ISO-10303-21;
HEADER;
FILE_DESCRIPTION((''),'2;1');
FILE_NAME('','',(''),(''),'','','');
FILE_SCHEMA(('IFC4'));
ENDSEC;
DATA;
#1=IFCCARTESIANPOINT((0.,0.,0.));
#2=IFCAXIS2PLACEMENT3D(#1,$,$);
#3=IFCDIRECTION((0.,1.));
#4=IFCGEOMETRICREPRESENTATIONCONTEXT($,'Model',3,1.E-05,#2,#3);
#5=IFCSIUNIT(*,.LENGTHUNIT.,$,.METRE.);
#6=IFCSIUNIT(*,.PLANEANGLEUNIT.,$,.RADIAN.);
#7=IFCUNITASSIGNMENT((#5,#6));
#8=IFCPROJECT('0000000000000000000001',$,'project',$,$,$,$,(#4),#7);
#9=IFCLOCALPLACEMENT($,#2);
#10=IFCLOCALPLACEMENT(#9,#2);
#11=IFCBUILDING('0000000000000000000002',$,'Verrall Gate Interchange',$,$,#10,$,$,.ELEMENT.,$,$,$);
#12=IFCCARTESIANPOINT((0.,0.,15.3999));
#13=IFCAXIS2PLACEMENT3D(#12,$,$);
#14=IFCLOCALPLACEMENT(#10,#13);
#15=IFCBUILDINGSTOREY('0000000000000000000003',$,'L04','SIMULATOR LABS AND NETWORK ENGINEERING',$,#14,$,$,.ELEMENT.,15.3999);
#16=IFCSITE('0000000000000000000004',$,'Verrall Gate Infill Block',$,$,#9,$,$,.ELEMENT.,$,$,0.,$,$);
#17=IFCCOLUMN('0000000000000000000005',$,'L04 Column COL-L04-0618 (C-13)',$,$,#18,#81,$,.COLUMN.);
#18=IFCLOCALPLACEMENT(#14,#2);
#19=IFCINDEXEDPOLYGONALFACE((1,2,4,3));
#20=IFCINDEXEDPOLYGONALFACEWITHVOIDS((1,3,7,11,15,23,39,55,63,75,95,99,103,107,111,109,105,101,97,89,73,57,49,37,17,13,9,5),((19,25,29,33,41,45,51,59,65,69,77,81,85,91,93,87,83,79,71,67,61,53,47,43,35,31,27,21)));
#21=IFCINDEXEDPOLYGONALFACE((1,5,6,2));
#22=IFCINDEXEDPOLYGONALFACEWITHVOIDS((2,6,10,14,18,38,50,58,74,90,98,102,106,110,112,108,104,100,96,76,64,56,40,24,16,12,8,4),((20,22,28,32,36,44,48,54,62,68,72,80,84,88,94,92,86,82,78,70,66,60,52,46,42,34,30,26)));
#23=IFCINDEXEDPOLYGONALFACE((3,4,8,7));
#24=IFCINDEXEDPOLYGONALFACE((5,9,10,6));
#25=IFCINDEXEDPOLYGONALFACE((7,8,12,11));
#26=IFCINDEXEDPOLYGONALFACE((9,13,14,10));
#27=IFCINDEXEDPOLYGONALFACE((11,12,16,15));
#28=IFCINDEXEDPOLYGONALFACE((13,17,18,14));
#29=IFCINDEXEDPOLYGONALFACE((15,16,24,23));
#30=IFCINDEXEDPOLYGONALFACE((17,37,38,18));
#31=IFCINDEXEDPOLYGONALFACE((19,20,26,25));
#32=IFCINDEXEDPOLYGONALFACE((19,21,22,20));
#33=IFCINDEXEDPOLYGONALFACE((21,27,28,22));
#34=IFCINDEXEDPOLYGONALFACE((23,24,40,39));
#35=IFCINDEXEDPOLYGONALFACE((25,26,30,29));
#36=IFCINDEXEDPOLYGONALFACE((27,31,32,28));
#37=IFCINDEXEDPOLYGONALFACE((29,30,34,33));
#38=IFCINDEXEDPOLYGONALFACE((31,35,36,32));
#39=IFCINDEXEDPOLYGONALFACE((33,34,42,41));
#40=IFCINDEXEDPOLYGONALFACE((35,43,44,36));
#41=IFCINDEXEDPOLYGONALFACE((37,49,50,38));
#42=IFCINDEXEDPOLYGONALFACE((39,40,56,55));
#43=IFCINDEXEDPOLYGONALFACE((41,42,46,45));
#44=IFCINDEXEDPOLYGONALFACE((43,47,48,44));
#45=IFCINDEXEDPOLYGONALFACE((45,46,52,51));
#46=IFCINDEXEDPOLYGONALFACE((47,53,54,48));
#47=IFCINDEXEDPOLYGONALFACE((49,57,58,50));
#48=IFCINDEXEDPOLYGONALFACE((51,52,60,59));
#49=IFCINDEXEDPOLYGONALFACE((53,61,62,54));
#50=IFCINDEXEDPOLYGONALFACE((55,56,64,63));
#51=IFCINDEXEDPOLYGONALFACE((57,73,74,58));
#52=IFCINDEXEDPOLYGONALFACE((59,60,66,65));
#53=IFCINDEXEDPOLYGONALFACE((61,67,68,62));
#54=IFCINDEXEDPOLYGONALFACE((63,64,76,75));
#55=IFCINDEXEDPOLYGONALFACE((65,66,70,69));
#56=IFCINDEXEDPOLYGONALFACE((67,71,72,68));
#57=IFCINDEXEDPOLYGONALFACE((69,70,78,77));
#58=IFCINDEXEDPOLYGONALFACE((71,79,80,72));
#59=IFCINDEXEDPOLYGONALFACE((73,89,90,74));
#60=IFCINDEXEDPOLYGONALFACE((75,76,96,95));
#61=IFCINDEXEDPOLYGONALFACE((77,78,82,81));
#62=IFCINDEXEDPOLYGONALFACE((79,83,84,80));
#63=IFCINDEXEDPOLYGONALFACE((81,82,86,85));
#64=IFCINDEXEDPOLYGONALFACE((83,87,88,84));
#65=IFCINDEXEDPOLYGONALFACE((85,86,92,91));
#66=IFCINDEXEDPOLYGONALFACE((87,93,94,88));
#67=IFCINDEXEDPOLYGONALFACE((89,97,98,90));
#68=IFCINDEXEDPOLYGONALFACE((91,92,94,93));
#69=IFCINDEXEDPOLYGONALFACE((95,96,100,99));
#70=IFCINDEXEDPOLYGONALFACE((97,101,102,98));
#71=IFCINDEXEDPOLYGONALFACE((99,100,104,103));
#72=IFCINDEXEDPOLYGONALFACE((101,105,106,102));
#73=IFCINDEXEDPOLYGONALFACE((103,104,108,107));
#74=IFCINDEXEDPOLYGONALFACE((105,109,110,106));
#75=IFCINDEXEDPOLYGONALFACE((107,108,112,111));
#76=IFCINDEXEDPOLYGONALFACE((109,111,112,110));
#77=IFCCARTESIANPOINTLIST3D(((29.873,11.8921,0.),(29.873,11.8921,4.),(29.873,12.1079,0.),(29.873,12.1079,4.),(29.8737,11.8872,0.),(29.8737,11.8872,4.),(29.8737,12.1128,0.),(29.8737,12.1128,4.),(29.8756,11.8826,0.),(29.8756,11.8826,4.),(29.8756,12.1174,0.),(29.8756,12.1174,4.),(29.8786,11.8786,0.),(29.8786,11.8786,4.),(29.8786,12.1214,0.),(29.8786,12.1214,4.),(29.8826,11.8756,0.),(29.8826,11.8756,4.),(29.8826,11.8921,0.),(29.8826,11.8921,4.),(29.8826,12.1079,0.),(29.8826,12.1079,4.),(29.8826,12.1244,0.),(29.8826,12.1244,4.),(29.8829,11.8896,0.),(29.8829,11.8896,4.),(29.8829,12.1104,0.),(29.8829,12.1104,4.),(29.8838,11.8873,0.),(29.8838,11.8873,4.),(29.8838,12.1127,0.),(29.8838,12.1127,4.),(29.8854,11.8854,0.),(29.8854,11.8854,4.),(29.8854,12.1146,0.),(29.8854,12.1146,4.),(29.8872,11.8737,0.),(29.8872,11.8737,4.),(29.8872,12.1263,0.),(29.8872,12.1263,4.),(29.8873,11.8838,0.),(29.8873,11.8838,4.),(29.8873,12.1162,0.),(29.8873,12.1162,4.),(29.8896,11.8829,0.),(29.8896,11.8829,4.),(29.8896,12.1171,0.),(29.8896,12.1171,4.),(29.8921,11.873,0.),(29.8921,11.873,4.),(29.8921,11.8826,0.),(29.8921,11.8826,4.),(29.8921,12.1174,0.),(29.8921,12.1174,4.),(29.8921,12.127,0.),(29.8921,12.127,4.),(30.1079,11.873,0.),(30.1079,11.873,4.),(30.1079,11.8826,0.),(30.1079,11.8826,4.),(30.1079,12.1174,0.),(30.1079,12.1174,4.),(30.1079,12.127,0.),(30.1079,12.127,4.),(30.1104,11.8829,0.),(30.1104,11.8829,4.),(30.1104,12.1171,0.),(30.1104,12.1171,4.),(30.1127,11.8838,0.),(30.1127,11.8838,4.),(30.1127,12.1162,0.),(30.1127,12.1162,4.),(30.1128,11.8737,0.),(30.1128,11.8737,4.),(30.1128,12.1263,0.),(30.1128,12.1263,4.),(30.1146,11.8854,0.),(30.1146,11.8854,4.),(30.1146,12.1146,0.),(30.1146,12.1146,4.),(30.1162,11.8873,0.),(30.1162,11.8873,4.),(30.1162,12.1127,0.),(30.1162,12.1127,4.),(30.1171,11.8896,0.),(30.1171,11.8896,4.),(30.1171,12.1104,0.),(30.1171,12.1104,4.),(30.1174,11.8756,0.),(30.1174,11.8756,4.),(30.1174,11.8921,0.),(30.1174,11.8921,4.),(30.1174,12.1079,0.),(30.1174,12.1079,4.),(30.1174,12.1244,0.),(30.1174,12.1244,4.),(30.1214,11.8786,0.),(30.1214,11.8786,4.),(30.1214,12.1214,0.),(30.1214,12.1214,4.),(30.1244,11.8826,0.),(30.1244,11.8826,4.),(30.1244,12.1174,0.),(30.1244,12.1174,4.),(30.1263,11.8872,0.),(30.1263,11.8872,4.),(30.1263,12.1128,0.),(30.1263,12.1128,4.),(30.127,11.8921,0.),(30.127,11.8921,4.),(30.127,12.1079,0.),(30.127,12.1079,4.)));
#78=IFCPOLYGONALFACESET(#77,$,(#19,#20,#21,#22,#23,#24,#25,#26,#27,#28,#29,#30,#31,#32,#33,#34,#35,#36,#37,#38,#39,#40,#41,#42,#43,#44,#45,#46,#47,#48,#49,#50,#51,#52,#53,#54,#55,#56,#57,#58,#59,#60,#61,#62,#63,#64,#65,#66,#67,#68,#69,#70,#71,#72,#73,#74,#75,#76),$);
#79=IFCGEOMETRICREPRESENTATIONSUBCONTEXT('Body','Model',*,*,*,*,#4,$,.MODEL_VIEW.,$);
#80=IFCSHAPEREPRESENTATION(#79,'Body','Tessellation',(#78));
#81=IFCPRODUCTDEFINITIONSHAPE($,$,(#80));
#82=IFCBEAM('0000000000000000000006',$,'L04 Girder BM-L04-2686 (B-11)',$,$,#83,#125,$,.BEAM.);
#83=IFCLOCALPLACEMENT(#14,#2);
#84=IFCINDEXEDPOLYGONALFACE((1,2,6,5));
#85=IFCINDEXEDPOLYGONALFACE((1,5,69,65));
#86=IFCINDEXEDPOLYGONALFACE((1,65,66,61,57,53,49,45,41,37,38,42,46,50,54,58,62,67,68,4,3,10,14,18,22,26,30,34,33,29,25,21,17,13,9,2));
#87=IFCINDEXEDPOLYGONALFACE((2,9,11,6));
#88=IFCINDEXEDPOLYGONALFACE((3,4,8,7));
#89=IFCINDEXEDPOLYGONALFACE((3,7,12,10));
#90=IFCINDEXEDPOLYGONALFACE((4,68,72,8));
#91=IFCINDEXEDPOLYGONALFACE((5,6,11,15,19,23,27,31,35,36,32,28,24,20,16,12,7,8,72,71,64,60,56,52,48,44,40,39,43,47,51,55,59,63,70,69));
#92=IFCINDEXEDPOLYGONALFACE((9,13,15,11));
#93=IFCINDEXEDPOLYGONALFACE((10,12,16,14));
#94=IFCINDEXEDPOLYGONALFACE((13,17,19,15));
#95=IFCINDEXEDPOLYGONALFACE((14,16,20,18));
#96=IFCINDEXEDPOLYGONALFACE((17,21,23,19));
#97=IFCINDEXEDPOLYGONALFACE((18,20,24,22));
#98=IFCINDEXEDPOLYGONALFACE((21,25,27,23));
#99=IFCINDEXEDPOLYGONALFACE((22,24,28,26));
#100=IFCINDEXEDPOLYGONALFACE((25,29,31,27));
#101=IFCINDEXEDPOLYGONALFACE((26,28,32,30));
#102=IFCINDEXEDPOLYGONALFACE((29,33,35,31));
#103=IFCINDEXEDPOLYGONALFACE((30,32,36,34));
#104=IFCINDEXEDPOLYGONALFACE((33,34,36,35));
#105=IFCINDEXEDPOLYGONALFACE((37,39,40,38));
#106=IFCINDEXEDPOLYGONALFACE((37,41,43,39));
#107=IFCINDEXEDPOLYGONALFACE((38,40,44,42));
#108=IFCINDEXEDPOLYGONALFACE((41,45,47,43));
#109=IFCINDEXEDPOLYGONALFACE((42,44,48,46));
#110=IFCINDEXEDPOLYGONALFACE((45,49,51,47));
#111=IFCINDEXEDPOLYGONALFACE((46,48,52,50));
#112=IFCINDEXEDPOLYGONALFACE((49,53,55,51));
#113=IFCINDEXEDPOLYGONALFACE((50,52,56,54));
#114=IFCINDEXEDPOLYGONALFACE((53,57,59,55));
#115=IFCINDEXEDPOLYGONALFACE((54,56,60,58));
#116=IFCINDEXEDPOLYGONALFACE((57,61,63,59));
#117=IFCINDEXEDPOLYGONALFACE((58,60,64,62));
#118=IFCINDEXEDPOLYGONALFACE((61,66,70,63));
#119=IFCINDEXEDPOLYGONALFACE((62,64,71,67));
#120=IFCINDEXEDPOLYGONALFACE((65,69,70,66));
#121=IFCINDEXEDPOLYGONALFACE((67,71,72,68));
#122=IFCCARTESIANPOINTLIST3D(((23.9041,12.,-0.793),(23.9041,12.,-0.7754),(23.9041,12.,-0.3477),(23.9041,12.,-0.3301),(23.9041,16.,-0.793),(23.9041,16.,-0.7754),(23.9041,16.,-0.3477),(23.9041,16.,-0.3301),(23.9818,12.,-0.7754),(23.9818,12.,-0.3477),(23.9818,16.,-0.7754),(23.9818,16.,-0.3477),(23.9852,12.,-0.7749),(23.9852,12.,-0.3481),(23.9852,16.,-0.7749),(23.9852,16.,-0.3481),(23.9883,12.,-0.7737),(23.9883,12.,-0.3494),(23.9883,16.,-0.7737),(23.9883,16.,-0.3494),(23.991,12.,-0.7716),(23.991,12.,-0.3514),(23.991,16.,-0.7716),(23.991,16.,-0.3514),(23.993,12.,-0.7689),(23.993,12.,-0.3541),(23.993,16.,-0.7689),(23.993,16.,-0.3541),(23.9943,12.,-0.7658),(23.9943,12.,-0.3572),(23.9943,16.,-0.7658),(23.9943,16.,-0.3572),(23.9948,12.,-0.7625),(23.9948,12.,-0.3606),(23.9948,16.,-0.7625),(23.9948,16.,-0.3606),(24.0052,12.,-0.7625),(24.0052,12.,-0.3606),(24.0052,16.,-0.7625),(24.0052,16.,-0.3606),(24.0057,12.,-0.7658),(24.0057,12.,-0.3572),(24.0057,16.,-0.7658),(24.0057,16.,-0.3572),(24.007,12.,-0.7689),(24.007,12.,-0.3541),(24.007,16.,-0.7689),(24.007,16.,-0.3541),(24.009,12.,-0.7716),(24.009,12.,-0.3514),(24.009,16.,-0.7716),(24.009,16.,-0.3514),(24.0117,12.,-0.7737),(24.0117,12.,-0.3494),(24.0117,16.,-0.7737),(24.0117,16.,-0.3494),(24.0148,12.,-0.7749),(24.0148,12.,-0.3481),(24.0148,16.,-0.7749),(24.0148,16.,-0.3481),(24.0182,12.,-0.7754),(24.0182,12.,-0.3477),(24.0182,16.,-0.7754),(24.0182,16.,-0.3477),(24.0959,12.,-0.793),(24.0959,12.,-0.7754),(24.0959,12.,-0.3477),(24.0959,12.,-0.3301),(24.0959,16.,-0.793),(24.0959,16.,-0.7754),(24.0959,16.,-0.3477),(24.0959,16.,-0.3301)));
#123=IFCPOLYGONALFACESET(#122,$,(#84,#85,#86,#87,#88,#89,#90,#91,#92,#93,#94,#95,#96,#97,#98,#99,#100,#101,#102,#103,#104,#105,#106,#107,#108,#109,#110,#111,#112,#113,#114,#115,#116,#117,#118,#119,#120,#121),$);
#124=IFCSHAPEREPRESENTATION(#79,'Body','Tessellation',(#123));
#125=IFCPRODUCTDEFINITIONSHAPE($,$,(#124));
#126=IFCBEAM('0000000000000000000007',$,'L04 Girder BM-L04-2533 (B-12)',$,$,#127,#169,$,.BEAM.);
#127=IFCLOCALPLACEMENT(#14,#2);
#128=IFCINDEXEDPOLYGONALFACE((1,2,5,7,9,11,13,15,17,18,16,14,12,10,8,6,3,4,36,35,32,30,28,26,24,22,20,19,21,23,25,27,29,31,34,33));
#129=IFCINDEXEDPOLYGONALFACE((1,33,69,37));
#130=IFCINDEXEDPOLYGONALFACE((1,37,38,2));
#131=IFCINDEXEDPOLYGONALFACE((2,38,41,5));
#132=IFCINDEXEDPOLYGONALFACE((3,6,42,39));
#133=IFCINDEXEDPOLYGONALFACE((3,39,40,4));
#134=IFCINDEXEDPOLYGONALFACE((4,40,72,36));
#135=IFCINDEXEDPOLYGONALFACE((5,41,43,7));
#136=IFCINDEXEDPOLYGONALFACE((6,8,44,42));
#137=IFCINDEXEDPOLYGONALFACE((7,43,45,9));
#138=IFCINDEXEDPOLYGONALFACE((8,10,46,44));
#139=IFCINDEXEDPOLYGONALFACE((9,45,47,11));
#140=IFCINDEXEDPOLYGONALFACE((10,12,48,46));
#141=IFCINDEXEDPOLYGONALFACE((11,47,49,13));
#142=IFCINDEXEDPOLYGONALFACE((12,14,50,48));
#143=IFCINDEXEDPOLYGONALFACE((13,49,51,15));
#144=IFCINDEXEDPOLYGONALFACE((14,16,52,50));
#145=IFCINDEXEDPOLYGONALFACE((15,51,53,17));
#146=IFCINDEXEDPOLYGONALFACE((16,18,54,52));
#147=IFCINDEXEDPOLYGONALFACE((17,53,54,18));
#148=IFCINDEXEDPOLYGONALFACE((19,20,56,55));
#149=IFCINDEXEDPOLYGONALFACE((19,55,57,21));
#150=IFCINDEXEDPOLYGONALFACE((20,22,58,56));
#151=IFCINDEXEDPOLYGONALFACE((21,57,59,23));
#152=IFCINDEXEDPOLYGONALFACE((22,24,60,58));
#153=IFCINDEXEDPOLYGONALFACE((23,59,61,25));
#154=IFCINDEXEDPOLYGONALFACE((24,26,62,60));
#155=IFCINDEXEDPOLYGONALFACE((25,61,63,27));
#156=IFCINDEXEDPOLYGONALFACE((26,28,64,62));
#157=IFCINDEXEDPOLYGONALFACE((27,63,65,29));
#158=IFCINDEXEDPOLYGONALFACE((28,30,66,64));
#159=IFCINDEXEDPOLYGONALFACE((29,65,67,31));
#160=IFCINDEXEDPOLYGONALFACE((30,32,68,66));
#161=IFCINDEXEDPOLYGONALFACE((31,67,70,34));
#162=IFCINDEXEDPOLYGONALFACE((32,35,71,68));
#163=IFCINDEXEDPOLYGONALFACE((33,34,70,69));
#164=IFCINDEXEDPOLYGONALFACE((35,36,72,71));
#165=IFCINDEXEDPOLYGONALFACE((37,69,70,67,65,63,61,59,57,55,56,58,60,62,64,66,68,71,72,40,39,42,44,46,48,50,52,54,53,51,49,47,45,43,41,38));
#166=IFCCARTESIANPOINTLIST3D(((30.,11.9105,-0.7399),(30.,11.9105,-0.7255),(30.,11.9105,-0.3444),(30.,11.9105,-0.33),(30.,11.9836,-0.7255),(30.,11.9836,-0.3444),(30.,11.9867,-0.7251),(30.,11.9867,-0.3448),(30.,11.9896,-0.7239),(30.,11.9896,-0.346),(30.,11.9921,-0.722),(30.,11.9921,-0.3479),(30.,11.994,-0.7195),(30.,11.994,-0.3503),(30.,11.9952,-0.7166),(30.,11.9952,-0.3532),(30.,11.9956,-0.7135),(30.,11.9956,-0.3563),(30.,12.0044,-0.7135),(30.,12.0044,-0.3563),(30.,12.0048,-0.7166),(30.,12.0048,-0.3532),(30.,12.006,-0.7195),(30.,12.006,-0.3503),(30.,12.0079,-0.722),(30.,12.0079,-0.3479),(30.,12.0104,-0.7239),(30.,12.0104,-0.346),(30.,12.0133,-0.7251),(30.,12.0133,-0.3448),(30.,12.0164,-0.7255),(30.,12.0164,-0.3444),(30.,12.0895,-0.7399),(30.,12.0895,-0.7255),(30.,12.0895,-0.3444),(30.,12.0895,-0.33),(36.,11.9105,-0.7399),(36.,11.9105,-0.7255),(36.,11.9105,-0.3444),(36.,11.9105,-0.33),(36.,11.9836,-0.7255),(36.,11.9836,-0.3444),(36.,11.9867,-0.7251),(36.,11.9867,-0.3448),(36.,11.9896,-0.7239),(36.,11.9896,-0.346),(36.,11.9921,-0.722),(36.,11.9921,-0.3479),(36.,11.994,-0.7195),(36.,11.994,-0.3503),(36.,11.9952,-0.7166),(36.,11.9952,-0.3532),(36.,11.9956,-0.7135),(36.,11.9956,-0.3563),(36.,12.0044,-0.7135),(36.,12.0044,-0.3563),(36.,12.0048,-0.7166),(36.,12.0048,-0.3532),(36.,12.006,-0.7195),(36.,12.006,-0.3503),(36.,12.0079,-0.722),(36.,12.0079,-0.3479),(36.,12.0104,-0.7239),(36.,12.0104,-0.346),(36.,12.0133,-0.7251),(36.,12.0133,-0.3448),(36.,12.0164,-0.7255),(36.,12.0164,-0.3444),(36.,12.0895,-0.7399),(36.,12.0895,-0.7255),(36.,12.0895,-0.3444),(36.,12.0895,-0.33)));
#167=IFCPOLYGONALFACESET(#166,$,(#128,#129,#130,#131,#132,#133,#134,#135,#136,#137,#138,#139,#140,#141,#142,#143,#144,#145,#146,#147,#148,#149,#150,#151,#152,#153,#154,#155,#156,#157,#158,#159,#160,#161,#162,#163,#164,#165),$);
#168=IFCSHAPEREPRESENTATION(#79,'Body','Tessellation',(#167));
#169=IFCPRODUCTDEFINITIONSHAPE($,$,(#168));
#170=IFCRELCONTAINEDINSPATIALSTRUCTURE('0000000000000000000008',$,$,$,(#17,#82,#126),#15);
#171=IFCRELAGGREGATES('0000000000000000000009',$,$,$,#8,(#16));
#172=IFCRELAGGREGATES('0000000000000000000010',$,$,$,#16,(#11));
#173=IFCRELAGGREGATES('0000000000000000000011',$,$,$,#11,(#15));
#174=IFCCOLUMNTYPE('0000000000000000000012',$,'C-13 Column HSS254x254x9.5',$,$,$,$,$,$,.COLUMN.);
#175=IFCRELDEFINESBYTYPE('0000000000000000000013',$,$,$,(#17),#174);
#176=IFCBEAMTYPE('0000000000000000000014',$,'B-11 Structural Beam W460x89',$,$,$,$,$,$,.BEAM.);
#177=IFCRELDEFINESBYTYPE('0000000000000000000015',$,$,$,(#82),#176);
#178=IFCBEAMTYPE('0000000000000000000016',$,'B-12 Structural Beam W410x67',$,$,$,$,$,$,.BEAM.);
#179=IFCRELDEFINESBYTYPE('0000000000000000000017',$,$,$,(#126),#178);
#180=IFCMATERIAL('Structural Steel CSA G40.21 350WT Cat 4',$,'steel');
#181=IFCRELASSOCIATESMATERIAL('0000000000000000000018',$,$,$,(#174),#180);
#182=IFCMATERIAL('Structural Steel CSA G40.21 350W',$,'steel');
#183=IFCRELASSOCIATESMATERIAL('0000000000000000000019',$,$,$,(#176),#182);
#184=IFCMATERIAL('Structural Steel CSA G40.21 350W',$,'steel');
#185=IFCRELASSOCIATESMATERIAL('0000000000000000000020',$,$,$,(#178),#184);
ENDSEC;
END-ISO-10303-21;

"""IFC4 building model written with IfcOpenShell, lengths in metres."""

from ifc_helpers import new_model, si_unit, direction, frame, origin, origin_2d, place, context, subcontext, project, spatial, hollow_rectangle, i_section, extrude, material, material_profile, profile_set, type_object, element, save


model = new_model("IFC4")

# Units and contexts
model_context = context("Model", 3, precision=1e-05, world=origin(), true_north=direction((0.0, 1.0)))
body_context = subcontext(model_context, "Body", "Model", "MODEL_VIEW")
ifc_project = project(units=[si_unit("LENGTHUNIT", "METRE"), si_unit("PLANEANGLEUNIT", "RADIAN")], contexts=[model_context])

# Site, building, storey
site_placement = place(None, origin())
site = spatial("IfcSite", under=ifc_project, at=site_placement, Name="Verrall Gate Infill Block", CompositionType="ELEMENT", RefElevation=0.0)
building_placement = place(site_placement, origin())
building = spatial("IfcBuilding", under=site, at=building_placement, Name="Verrall Gate Interchange", CompositionType="ELEMENT")
storey_placement = place(building_placement, frame((0.0, 0.0, 15.3999)))
storey = spatial("IfcBuildingStorey", under=building, at=storey_placement, Name="L04", Description="SIMULATOR LABS AND NETWORK ENGINEERING", CompositionType="ELEMENT", Elevation=15.3999)

# Column
ifc_material_1 = material(Name="Structural Steel CSA G40.21 350WT Cat 4", Category="steel")
ifc_material_profile_1 = material_profile(ifc_material_1, hollow_rectangle(XDim=0.2539, YDim=0.2539, WallThickness=0.0095, InnerFilletRadius=0.0095, OuterFilletRadius=0.019, at=origin_2d()), Name="HSS254x254x9.5")
ifc_profile_set_1 = profile_set([ifc_material_profile_1], Name="Structural Steel CSA G40.21 350WT Cat 4")
column_type = type_object("IfcColumnType", Name="C-13 Column HSS254x254x9.5", PredefinedType="COLUMN", material=ifc_profile_set_1)
column_placement = place(storey_placement, frame((30.0, 12.0, 0.0), z_axis=(0.0, 0.0, 1.0), x_axis=(1.0, 0.0, 0.0)))
element("IfcColumn", 1, at=column_placement, inside=storey, type_object=column_type, Name="L04 Column COL-L04-0618 (C-13)", PredefinedType="COLUMN", context=body_context, shape_type="SweptSolid", body=[
    extrude(hollow_rectangle(XDim=0.2539, YDim=0.2539, WallThickness=0.0095, InnerFilletRadius=0.0095, OuterFilletRadius=0.019, at=origin_2d()), origin(), (0.0, 0.0, 1.0), 4.0),
])

# Beams
ifc_material_2 = material(Name="Structural Steel CSA G40.21 350W", Category="steel")
ifc_material_profile_2 = material_profile(ifc_material_2, i_section(OverallWidth=0.1919, OverallDepth=0.4629, WebThickness=0.0105, FlangeThickness=0.0176, FilletRadius=0.0129, at=origin_2d()), Name="W460x89")
ifc_profile_set_2 = profile_set([ifc_material_profile_2], Name="Structural Steel CSA G40.21 350W")
beam_type_1 = type_object("IfcBeamType", Name="B-11 Structural Beam W460x89", PredefinedType="BEAM", material=ifc_profile_set_2)
beam_1_placement = place(storey_placement, frame((24.0, 12.0, -0.5615), z_axis=(0.0, 1.0, 0.0), x_axis=(-1.0, 0.0, 0.0)))
element("IfcBeam", 2, at=beam_1_placement, inside=storey, type_object=beam_type_1, Name="L04 Girder BM-L04-2686 (B-11)", PredefinedType="BEAM", context=body_context, shape_type="SweptSolid", body=[
    extrude(i_section(OverallWidth=0.1919, OverallDepth=0.4629, WebThickness=0.0105, FlangeThickness=0.0176, FilletRadius=0.0129, at=origin_2d()), origin(), (0.0, 0.0, 1.0), 4.0),
])
ifc_material_3 = material(Name="Structural Steel CSA G40.21 350W", Category="steel")
ifc_material_profile_3 = material_profile(ifc_material_3, i_section(OverallWidth=0.179, OverallDepth=0.4099, WebThickness=0.0088, FlangeThickness=0.0144, FilletRadius=0.012, at=origin_2d()), Name="W410x67")
ifc_profile_set_3 = profile_set([ifc_material_profile_3], Name="Structural Steel CSA G40.21 350W")
beam_type_2 = type_object("IfcBeamType", Name="B-12 Structural Beam W410x67", PredefinedType="BEAM", material=ifc_profile_set_3)
beam_2_placement = place(storey_placement, frame((30.0, 12.0, -0.5349), z_axis=(1.0, 0.0, 0.0), x_axis=(0.0, 1.0, 0.0)))
element("IfcBeam", 3, at=beam_2_placement, inside=storey, type_object=beam_type_2, Name="L04 Girder BM-L04-2533 (B-12)", PredefinedType="BEAM", context=body_context, shape_type="SweptSolid", body=[
    extrude(i_section(OverallWidth=0.179, OverallDepth=0.4099, WebThickness=0.0088, FlangeThickness=0.0144, FilletRadius=0.012, at=origin_2d()), origin(), (0.0, 0.0, 1.0), 6.0),
])

save(model, "model.ifc")
